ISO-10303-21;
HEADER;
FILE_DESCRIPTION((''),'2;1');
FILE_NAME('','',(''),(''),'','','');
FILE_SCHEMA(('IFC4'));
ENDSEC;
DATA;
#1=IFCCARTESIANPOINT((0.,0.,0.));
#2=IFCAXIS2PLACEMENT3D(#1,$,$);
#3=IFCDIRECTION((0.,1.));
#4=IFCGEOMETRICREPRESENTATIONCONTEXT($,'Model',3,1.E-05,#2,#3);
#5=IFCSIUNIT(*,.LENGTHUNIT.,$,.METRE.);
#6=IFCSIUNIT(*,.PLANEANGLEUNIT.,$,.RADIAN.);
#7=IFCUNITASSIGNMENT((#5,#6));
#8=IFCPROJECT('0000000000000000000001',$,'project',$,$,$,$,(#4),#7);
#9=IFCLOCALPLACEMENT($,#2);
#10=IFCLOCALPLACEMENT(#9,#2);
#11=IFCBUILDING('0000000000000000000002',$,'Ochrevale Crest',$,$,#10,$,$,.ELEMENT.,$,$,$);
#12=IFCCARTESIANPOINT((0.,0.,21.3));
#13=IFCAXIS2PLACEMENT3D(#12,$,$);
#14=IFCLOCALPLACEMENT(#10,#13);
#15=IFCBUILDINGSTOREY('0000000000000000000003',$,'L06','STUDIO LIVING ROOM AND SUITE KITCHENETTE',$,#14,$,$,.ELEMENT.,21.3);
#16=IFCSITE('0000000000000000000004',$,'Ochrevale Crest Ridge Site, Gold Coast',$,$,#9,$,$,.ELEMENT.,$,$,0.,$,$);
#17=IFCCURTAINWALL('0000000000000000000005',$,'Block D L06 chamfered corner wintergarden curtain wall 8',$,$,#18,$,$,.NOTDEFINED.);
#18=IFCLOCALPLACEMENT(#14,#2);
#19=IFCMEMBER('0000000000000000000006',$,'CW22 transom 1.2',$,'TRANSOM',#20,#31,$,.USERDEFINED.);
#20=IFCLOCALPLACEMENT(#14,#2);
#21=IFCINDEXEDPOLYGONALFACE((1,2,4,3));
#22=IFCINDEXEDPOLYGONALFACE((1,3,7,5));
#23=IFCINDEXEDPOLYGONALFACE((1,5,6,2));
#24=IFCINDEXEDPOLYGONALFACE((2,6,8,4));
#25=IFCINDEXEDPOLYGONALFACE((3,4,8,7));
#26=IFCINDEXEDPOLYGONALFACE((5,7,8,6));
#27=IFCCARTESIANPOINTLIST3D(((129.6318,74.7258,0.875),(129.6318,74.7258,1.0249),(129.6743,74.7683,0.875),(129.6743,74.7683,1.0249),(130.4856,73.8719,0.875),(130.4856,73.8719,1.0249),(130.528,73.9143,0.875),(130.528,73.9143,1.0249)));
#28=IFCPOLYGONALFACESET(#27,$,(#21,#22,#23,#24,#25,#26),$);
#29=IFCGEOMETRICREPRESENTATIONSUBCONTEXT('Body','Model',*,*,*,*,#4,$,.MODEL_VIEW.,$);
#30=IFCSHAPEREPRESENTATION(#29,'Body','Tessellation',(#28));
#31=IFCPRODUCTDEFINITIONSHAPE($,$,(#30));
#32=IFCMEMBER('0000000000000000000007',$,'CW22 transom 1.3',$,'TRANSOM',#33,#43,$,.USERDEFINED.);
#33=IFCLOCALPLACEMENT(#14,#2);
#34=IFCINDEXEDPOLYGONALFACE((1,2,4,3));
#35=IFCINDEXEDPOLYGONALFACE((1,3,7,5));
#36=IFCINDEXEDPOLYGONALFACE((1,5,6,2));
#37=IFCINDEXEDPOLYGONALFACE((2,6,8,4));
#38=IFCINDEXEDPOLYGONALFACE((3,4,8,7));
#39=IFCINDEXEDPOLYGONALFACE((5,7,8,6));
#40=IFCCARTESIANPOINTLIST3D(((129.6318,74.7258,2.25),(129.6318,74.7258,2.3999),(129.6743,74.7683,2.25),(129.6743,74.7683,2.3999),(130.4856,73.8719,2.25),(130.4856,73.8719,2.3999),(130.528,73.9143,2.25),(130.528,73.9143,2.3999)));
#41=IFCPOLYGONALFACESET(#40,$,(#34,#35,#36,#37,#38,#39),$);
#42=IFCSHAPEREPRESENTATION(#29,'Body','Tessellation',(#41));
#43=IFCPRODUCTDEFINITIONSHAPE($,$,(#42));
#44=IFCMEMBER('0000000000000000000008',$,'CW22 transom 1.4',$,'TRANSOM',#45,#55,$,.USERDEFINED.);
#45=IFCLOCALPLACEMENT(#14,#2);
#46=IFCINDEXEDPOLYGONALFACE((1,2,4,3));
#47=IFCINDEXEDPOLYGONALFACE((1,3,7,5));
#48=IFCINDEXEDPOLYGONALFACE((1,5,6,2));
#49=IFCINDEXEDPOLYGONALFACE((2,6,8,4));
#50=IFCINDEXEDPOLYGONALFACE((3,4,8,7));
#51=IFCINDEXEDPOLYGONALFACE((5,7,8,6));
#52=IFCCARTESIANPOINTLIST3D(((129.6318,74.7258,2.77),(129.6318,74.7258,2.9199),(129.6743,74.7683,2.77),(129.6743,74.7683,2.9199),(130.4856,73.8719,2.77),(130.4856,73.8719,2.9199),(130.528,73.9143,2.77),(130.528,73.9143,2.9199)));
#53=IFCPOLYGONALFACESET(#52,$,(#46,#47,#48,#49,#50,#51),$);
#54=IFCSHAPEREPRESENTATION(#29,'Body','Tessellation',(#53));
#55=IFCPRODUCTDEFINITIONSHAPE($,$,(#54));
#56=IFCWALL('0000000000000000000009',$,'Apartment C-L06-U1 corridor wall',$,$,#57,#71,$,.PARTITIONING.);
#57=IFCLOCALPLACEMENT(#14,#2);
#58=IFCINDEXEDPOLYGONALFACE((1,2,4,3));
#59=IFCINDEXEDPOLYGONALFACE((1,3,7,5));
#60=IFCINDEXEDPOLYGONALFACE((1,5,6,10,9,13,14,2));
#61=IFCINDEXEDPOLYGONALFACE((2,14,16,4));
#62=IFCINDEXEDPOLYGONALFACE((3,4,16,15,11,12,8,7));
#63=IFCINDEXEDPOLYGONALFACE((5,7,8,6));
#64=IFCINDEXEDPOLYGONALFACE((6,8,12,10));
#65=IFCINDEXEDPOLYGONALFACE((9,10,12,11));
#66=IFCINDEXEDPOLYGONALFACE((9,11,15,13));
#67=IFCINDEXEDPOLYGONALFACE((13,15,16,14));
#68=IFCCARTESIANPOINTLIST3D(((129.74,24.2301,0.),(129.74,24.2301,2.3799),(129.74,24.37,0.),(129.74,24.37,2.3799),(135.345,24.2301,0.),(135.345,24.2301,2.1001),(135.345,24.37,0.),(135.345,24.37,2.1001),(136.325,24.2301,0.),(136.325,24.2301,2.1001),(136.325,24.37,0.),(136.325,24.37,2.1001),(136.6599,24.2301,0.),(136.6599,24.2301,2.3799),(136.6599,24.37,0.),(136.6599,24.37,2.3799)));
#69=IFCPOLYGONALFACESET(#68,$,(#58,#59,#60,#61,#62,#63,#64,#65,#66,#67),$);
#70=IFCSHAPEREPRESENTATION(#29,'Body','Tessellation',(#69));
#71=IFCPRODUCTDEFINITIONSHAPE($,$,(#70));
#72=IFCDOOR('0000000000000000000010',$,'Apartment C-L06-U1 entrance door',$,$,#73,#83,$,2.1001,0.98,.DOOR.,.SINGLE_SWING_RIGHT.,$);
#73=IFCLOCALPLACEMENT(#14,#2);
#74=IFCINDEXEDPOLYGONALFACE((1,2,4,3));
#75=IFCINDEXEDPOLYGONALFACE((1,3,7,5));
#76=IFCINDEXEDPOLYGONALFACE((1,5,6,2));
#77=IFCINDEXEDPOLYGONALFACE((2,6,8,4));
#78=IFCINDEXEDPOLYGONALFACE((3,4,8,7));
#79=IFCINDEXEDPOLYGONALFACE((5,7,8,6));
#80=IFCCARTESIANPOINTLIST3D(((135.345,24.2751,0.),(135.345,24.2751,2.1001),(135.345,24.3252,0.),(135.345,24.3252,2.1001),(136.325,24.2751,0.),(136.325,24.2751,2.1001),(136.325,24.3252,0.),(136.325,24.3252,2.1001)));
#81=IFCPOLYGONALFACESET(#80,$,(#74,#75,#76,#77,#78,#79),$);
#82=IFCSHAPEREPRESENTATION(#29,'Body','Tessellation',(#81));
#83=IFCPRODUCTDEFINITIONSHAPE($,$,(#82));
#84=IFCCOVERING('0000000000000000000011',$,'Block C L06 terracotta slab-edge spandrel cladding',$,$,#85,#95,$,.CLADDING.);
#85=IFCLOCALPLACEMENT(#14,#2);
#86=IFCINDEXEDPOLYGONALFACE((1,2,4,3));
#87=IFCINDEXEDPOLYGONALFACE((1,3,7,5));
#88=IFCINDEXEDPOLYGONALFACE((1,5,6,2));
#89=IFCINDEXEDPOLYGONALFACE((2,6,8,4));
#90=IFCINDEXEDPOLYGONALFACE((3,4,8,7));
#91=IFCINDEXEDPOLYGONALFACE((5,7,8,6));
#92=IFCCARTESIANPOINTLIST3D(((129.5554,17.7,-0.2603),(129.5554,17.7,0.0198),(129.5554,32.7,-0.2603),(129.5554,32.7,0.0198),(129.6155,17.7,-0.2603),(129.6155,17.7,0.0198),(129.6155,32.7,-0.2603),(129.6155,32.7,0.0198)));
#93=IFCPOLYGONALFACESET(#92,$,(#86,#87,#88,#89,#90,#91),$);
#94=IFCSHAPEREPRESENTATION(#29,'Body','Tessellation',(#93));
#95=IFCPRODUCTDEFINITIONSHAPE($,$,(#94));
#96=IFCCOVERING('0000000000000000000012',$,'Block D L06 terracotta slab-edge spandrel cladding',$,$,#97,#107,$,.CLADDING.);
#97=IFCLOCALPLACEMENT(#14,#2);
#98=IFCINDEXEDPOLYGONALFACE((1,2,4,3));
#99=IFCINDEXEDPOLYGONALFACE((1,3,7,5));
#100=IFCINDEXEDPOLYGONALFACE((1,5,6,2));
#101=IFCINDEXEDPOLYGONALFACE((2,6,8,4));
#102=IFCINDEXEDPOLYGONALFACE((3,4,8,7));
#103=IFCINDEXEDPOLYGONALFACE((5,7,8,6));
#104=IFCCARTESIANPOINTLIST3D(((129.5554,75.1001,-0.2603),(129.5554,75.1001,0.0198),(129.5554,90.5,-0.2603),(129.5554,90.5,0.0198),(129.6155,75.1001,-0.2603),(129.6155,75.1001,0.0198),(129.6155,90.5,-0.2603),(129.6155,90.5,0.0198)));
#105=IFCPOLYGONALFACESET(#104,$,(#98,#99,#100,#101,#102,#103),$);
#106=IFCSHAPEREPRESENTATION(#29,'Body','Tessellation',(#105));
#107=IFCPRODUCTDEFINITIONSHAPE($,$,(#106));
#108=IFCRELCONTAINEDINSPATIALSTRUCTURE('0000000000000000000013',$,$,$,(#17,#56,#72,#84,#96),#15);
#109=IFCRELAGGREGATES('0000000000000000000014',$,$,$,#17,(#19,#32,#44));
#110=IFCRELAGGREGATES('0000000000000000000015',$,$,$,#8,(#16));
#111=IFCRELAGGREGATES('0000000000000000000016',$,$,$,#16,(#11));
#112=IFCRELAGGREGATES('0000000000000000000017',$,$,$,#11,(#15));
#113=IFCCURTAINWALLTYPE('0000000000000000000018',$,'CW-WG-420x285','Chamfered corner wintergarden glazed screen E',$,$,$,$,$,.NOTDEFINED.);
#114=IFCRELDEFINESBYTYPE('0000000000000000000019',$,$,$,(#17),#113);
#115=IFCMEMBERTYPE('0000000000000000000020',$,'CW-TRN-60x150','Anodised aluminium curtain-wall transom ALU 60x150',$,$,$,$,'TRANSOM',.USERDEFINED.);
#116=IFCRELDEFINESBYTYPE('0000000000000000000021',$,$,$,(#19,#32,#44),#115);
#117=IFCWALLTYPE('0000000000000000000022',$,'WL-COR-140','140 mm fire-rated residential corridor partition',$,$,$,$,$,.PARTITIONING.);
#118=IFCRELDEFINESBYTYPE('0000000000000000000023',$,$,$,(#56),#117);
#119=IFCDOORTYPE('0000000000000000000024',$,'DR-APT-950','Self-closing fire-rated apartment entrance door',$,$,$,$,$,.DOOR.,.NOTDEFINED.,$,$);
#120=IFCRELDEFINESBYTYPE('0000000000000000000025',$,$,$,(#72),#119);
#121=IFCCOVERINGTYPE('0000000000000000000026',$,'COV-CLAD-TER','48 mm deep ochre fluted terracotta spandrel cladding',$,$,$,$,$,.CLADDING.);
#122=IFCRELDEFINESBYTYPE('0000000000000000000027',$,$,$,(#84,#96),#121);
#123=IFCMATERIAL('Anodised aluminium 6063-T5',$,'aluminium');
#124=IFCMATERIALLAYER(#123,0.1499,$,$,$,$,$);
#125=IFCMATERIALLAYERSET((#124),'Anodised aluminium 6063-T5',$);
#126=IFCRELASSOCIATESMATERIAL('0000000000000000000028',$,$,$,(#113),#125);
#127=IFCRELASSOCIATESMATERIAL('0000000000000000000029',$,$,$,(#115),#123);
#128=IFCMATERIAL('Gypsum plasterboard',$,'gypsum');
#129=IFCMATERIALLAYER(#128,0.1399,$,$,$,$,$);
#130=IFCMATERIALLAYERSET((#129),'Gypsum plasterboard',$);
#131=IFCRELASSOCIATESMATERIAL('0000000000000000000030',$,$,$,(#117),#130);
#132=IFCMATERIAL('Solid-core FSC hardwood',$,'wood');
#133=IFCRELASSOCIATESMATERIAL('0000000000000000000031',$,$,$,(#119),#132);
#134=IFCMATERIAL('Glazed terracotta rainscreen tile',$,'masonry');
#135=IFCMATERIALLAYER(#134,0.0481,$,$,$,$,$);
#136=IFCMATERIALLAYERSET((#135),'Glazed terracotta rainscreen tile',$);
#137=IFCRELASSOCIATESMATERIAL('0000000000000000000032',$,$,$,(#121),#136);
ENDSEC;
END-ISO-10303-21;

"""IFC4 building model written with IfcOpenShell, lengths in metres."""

from ifc_helpers import new_model, si_unit, direction, frame, frame_2d, origin, origin_2d, place, context, subcontext, project, spatial, rectangle, extrude, material, layer, layer_set, material_profile, profile_set, type_object, element, fill, aggregate, save


model = new_model("IFC4")

# Units and contexts
model_context = context("Model", 3, precision=1e-05, world=origin(), true_north=direction((0.0, 1.0)))
body_context = subcontext(model_context, "Body", "Model", "MODEL_VIEW")
ifc_project = project(units=[si_unit("LENGTHUNIT", "METRE"), si_unit("PLANEANGLEUNIT", "RADIAN")], contexts=[model_context])

# Site, building, storey
site_placement = place(None, origin())
site = spatial("IfcSite", under=ifc_project, at=site_placement, Name="Ochrevale Crest Ridge Site, Gold Coast", CompositionType="ELEMENT", RefElevation=0.0)
building_placement = place(site_placement, origin())
building = spatial("IfcBuilding", under=site, at=building_placement, Name="Ochrevale Crest", CompositionType="ELEMENT")
storey_placement = place(building_placement, frame((0.0, 0.0, 21.3)))
storey = spatial("IfcBuildingStorey", under=building, at=storey_placement, Name="L06", Description="STUDIO LIVING ROOM AND SUITE KITCHENETTE", CompositionType="ELEMENT", Elevation=21.3)

# Curtain wall
ifc_material_1 = material(Name="Anodised aluminium 6063-T5", Category="aluminium")
ifc_layer_1 = layer(ifc_material_1, 0.1499)
ifc_layer_set_1 = layer_set([ifc_layer_1], Name="Anodised aluminium 6063-T5")
curtain_wall_type_1 = type_object("IfcCurtainWallType", Name="CW-WG-420x285", Description="Chamfered corner wintergarden glazed screen E", PredefinedType="NOTDEFINED", material=ifc_layer_set_1)
curtain_wall_1_placement = place(storey_placement, origin())
curtain_wall_1 = element("IfcCurtainWall", 1, at=curtain_wall_1_placement, inside=storey, type_object=curtain_wall_type_1, Name="Block D L06 chamfered corner wintergarden curtain wall 8", PredefinedType="NOTDEFINED")

# Members
ifc_material_profile_1 = material_profile(ifc_material_1, rectangle(XDim=0.0601, YDim=0.1499, at=origin_2d()), Name="ALU 60x150")
ifc_profile_set_1 = profile_set([ifc_material_profile_1], Name="Anodised aluminium 6063-T5")
member_type_1 = type_object("IfcMemberType", Name="CW-TRN-60x150", Description="Anodised aluminium curtain-wall transom ALU 60x150", ElementType="TRANSOM", PredefinedType="USERDEFINED", material=ifc_profile_set_1)
member_1_placement = place(storey_placement, frame((129.6531, 74.7471, 0.95), z_axis=(0.707006, -0.707208, 0.0), x_axis=(0.707208, 0.707006, 0.0)))
member_1 = element("IfcMember", 2, at=member_1_placement, type_object=member_type_1, Name="CW22 transom 1.2", ObjectType="TRANSOM", PredefinedType="USERDEFINED", context=body_context, shape_type="SweptSolid", body=[
    extrude(rectangle(XDim=0.0601, YDim=0.1499, at=origin_2d()), origin(), (0.0, 0.0, 1.0), 1.2075),
])
member_2_placement = place(storey_placement, frame((129.6531, 74.7471, 2.325), z_axis=(0.707006, -0.707208, 0.0), x_axis=(0.707208, 0.707006, 0.0)))
member_2 = element("IfcMember", 3, at=member_2_placement, type_object=member_type_1, Name="CW22 transom 1.3", ObjectType="TRANSOM", PredefinedType="USERDEFINED", context=body_context, shape_type="SweptSolid", body=[
    extrude(rectangle(XDim=0.0601, YDim=0.1499, at=origin_2d()), origin(), (0.0, 0.0, 1.0), 1.2075),
])
member_3_placement = place(storey_placement, frame((129.6531, 74.7471, 2.845), z_axis=(0.707006, -0.707208, 0.0), x_axis=(0.707208, 0.707006, 0.0)))
member_3 = element("IfcMember", 4, at=member_3_placement, type_object=member_type_1, Name="CW22 transom 1.4", ObjectType="TRANSOM", PredefinedType="USERDEFINED", context=body_context, shape_type="SweptSolid", body=[
    extrude(rectangle(XDim=0.0601, YDim=0.1499, at=origin_2d()), origin(), (0.0, 0.0, 1.0), 1.2075),
])
aggregate(curtain_wall_1, [member_1, member_2, member_3])

# Wall, opening, door
ifc_material_2 = material(Name="Gypsum plasterboard", Category="gypsum")
ifc_layer_2 = layer(ifc_material_2, 0.1399)
ifc_layer_set_2 = layer_set([ifc_layer_2], Name="Gypsum plasterboard")
wall_type = type_object("IfcWallType", Name="WL-COR-140", Description="140 mm fire-rated residential corridor partition", PredefinedType="PARTITIONING", material=ifc_layer_set_2)
wall_placement = place(storey_placement, frame((129.74, 24.3, 0.0), z_axis=(0.0, 0.0, 1.0), x_axis=(1.0, 0.0, 0.0)))
wall = element("IfcWall", 5, at=wall_placement, inside=storey, type_object=wall_type, Name="Apartment C-L06-U1 corridor wall", PredefinedType="PARTITIONING", context=body_context, shape_type="SweptSolid", body=[
    extrude(rectangle(XDim=6.9199, YDim=0.1399, at=frame_2d((3.46, 0.0))), origin(), (0.0, 0.0, 1.0), 2.3799),
])
opening_placement = place(wall_placement, frame((6.585, 0.0, 0.0), z_axis=(0.0, 0.0, 1.0), x_axis=(-1.0, 0.0, 0.0)))
opening = element("IfcOpeningElement", 6, at=opening_placement, cuts=wall, PredefinedType="OPENING", context=body_context, shape_type="SweptSolid", body=[
    extrude(rectangle(XDim=0.98, YDim=2.1001, at=frame_2d((0.49, 1.05))), frame((0.0, 0.0801, 0.0), z_axis=(0.0, -1.0, 0.0), x_axis=(1.0, 0.0, 0.0)), (0.0, 0.0, 1.0), 0.1599),
])
ifc_material_3 = material(Name="Solid-core FSC hardwood", Category="wood")
door_type = type_object("IfcDoorType", Name="DR-APT-950", Description="Self-closing fire-rated apartment entrance door", OperationType="NOTDEFINED", PredefinedType="DOOR", material=ifc_material_3)
door_placement = place(opening_placement, origin())
door = element("IfcDoor", 7, at=door_placement, inside=storey, type_object=door_type, Name="Apartment C-L06-U1 entrance door", OperationType="SINGLE_SWING_RIGHT", OverallHeight=2.1001, OverallWidth=0.98, PredefinedType="DOOR", context=body_context, shape_type="SweptSolid", body=[
    extrude(rectangle(XDim=0.98, YDim=2.1001, at=frame_2d((0.49, 1.05))), frame((0.0, 0.0249, 0.0), z_axis=(0.0, -1.0, 0.0), x_axis=(1.0, 0.0, 0.0)), (0.0, 0.0, 1.0), 0.05),
])
fill(opening, door)

# Coverings
ifc_material_4 = material(Name="Glazed terracotta rainscreen tile", Category="masonry")
ifc_layer_3 = layer(ifc_material_4, 0.0481)
ifc_layer_set_3 = layer_set([ifc_layer_3], Name="Glazed terracotta rainscreen tile")
covering_type = type_object("IfcCoveringType", Name="COV-CLAD-TER", Description="48 mm deep ochre fluted terracotta spandrel cladding", PredefinedType="CLADDING", material=ifc_layer_set_3)
covering_1_placement = place(storey_placement, frame((129.5854, 25.2, -0.2603), z_axis=(0.0, 0.0, 1.0), x_axis=(0.0, -1.0, 0.0)))
element("IfcCovering", 8, at=covering_1_placement, inside=storey, type_object=covering_type, Name="Block C L06 terracotta slab-edge spandrel cladding", PredefinedType="CLADDING", context=body_context, shape_type="SweptSolid", body=[
    extrude(rectangle(XDim=15.0, YDim=0.0601, at=origin_2d()), origin(), (0.0, 0.0, 1.0), 0.28),
])
covering_2_placement = place(storey_placement, frame((129.5854, 82.8, -0.2603), z_axis=(0.0, 0.0, 1.0), x_axis=(0.0, -1.0, 0.0)))
element("IfcCovering", 9, at=covering_2_placement, inside=storey, type_object=covering_type, Name="Block D L06 terracotta slab-edge spandrel cladding", PredefinedType="CLADDING", context=body_context, shape_type="SweptSolid", body=[
    extrude(rectangle(XDim=15.3999, YDim=0.0601, at=origin_2d()), origin(), (0.0, 0.0, 1.0), 0.28),
])

save(model, "model.ifc")
